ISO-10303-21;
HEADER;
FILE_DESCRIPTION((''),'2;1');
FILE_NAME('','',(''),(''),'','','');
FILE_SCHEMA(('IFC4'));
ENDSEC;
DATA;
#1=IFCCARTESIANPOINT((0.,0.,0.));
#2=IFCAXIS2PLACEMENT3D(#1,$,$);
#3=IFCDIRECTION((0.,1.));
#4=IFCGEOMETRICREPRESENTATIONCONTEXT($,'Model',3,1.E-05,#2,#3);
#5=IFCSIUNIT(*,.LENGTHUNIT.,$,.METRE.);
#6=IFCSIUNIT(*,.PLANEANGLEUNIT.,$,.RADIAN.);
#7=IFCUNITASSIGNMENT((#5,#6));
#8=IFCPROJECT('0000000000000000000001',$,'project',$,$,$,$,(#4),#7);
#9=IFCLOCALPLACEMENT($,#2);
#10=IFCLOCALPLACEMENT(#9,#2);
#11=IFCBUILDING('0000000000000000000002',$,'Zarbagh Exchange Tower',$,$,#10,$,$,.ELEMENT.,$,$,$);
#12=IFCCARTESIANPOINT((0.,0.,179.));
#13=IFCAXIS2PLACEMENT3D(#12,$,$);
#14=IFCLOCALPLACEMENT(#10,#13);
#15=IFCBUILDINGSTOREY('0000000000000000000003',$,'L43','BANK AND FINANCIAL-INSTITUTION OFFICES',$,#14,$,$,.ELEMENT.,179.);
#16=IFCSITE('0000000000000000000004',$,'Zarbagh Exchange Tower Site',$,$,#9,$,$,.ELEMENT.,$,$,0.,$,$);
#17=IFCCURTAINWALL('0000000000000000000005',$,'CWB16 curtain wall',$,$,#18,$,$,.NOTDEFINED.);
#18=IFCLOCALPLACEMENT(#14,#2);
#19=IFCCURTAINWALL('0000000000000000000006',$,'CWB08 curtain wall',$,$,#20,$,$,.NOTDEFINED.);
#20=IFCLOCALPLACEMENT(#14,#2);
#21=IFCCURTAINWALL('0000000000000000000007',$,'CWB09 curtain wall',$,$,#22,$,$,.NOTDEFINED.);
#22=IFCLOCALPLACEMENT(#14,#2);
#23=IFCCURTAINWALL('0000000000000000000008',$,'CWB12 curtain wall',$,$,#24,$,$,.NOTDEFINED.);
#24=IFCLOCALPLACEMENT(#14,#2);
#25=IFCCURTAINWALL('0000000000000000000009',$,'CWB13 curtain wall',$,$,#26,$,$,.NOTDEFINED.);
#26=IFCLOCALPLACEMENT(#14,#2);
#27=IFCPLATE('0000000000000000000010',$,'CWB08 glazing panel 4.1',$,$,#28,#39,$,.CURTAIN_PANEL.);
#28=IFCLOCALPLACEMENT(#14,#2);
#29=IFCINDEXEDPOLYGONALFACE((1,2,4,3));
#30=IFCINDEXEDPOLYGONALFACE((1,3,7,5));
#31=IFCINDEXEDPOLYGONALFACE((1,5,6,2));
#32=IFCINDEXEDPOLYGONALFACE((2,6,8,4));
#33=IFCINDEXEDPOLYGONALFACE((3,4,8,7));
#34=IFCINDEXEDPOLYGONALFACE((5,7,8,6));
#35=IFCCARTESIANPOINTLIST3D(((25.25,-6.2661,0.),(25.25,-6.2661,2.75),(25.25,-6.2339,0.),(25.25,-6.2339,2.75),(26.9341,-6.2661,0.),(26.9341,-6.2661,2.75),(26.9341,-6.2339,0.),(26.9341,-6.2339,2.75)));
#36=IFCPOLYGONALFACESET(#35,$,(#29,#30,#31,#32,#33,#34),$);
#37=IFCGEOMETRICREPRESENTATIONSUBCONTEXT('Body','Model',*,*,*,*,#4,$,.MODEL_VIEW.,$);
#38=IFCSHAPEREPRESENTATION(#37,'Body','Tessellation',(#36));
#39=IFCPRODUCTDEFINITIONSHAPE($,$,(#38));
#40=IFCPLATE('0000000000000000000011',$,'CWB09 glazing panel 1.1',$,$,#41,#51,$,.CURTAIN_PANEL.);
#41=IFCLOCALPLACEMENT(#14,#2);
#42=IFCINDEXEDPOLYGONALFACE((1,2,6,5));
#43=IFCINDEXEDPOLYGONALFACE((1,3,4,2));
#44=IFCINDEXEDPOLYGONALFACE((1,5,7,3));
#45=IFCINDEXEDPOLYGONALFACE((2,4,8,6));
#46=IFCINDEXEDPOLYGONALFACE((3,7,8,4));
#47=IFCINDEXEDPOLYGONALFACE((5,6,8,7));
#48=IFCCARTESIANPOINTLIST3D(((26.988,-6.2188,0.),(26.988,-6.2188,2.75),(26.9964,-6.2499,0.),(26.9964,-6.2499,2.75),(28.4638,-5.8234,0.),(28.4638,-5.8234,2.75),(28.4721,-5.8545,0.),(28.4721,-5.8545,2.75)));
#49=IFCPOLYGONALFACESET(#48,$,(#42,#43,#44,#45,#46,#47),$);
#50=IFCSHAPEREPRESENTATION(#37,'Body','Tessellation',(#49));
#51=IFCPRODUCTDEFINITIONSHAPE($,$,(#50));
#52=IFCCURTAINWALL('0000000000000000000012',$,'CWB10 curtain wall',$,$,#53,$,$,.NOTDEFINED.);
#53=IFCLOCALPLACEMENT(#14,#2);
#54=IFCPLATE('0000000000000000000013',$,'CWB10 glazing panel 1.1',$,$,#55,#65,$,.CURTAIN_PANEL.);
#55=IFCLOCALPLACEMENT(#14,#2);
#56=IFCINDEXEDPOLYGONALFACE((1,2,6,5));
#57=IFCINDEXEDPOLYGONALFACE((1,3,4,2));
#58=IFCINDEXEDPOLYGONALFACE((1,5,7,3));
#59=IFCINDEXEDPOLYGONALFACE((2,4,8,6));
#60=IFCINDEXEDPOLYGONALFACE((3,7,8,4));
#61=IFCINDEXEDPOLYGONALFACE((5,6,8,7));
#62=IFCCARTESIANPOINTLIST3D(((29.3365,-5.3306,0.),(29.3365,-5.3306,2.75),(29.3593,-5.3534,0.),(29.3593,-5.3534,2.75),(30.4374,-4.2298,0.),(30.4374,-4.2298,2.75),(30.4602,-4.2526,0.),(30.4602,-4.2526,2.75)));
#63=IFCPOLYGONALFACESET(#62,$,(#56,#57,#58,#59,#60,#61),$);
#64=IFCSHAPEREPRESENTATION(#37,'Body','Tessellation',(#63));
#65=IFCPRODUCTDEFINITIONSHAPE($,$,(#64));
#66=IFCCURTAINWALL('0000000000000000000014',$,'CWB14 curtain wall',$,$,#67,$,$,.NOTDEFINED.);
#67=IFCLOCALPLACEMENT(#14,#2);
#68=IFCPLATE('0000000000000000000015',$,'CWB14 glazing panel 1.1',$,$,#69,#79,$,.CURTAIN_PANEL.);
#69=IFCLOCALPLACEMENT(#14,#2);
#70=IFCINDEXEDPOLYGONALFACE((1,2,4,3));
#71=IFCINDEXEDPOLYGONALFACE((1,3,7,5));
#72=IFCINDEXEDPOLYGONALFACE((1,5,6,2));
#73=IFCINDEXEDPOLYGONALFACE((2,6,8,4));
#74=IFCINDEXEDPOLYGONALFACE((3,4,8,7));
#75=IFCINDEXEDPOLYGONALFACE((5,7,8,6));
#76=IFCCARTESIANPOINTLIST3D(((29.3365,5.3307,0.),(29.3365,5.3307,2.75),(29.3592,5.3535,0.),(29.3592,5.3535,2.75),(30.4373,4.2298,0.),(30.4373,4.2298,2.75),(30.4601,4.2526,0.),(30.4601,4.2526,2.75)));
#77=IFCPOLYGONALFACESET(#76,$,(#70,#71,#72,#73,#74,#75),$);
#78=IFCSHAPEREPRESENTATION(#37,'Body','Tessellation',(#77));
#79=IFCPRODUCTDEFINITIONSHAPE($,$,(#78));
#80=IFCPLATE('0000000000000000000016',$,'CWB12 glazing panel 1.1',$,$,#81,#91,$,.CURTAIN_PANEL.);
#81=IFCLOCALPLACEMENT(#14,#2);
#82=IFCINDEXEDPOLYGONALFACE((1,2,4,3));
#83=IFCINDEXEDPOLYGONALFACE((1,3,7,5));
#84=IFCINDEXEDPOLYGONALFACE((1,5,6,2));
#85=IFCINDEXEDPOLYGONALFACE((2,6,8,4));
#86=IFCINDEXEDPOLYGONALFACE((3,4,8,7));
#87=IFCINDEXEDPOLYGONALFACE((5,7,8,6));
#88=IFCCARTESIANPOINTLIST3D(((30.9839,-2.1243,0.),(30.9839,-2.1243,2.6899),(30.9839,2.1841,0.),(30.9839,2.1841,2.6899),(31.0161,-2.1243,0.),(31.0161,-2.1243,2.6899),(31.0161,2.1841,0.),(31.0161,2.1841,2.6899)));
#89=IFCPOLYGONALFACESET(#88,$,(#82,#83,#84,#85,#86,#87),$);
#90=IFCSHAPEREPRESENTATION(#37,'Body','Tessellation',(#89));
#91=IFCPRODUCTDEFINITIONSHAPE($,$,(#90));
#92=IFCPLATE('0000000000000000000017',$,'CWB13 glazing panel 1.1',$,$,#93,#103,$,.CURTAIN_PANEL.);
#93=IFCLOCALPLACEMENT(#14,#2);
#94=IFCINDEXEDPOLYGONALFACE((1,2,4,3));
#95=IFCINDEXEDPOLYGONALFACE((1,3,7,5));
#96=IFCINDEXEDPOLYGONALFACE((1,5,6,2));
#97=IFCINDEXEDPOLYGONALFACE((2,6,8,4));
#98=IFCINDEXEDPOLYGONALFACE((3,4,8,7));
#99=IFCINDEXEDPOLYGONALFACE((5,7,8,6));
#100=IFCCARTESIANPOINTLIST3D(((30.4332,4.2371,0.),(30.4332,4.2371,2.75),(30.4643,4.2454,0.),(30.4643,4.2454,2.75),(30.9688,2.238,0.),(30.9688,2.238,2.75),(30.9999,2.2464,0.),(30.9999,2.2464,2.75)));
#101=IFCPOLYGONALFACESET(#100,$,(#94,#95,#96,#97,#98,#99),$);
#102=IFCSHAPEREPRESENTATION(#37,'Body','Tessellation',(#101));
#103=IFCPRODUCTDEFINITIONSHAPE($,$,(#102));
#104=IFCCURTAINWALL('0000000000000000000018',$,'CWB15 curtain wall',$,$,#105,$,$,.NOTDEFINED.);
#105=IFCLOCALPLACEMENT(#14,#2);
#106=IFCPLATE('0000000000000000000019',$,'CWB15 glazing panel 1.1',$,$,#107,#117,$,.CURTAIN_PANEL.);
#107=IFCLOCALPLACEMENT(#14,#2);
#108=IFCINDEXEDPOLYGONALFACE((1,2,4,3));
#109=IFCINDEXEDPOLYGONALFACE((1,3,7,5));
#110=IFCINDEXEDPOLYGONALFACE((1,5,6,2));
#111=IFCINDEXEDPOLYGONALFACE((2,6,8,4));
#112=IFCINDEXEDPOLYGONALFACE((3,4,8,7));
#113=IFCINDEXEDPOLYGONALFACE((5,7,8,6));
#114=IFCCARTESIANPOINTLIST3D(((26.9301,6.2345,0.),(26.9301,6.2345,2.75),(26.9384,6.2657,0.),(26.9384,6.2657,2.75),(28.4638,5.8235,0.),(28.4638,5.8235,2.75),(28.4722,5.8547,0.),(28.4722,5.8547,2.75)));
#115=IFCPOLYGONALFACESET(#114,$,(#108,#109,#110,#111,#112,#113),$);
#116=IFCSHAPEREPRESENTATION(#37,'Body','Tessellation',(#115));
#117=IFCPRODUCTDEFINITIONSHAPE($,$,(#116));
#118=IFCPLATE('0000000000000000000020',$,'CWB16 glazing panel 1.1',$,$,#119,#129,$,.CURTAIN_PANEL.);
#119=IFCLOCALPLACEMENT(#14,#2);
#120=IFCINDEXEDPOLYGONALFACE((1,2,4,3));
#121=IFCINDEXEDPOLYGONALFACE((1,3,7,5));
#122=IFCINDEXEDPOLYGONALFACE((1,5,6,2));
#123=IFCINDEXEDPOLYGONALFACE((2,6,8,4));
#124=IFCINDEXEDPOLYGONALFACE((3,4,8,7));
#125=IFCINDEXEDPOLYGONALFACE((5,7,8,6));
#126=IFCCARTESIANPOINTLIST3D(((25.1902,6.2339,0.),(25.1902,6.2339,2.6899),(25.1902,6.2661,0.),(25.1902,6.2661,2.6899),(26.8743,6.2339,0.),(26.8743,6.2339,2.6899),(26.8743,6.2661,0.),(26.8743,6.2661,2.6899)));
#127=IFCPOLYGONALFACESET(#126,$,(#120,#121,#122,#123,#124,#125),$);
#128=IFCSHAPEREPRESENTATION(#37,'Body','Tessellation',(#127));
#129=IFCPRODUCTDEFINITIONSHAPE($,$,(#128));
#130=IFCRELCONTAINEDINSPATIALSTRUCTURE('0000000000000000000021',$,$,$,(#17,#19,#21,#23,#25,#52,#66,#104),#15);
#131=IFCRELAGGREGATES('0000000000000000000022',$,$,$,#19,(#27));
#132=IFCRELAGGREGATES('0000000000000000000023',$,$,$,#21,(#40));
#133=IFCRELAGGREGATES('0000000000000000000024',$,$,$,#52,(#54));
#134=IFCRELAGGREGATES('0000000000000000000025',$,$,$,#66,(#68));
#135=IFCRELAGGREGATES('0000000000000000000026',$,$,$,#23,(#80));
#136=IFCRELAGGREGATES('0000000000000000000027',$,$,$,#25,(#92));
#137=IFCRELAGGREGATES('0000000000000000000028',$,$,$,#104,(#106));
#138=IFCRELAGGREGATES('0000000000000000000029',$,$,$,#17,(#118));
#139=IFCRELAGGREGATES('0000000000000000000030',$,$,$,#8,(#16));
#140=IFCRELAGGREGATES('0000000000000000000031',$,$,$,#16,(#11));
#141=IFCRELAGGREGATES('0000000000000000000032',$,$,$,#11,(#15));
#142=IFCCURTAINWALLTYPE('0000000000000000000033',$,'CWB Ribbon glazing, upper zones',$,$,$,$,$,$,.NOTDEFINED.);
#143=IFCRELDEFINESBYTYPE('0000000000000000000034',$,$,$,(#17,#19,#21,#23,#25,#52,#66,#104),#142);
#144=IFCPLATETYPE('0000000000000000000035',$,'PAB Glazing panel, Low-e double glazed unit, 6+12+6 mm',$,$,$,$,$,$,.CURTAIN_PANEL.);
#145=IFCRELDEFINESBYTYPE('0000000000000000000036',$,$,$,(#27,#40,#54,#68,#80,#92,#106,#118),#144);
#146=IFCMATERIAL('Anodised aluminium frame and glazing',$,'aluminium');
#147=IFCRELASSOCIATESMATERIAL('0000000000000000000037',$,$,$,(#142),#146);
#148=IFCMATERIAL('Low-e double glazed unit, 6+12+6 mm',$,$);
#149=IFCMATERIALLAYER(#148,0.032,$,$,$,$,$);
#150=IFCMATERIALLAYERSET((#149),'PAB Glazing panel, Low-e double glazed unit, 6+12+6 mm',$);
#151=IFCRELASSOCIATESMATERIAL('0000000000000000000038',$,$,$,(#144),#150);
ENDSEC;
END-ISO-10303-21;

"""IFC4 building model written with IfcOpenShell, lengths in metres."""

from ifc_helpers import new_model, si_unit, direction, frame, origin, place, context, subcontext, project, spatial, polyline, outline, extrude, source, transform, mapped, material, layer, layer_set, type_object, element, aggregate, save


model = new_model("IFC4")

# Units and contexts
model_context = context("Model", 3, precision=1e-05, world=origin(), true_north=direction((0.0, 1.0)))
body_context = subcontext(model_context, "Body", "Model", "MODEL_VIEW")
ifc_project = project(units=[si_unit("LENGTHUNIT", "METRE"), si_unit("PLANEANGLEUNIT", "RADIAN")], contexts=[model_context])

# Site, building, storey
site_placement = place(None, origin())
site = spatial("IfcSite", under=ifc_project, at=site_placement, Name="Zarbagh Exchange Tower Site", CompositionType="ELEMENT", RefElevation=0.0)
building_placement = place(site_placement, origin())
building = spatial("IfcBuilding", under=site, at=building_placement, Name="Zarbagh Exchange Tower", CompositionType="ELEMENT")
storey_placement = place(building_placement, frame((0.0, 0.0, 179.0)))
storey = spatial("IfcBuildingStorey", under=building, at=storey_placement, Name="L43", Description="BANK AND FINANCIAL-INSTITUTION OFFICES", CompositionType="ELEMENT", Elevation=179.0)

# Curtain wall
ifc_material_1 = material(Name="Anodised aluminium frame and glazing", Category="aluminium")
curtain_wall_type = type_object("IfcCurtainWallType", Name="CWB Ribbon glazing, upper zones", PredefinedType="NOTDEFINED", material=ifc_material_1)
curtain_wall_1_placement = place(storey_placement, origin())
curtain_wall_1 = element("IfcCurtainWall", 1, at=curtain_wall_1_placement, inside=storey, type_object=curtain_wall_type, Name="CWB16 curtain wall", PredefinedType="NOTDEFINED")
placement = place(storey_placement, origin())

# Curtain wall
curtain_wall_2_placement = place(storey_placement, origin())
curtain_wall_2 = element("IfcCurtainWall", 2, at=curtain_wall_2_placement, inside=storey, type_object=curtain_wall_type, Name="CWB08 curtain wall", PredefinedType="NOTDEFINED")

# Curtain walls
curtain_wall_3_placement = place(storey_placement, origin())
curtain_wall_3 = element("IfcCurtainWall", 3, at=curtain_wall_3_placement, inside=storey, type_object=curtain_wall_type, Name="CWB09 curtain wall", PredefinedType="NOTDEFINED")
curtain_wall_4_placement = place(storey_placement, origin())
curtain_wall_4 = element("IfcCurtainWall", 4, at=curtain_wall_4_placement, inside=storey, type_object=curtain_wall_type, Name="CWB12 curtain wall", PredefinedType="NOTDEFINED")
curtain_wall_5_placement = place(storey_placement, origin())
curtain_wall_5 = element("IfcCurtainWall", 5, at=curtain_wall_5_placement, inside=storey, type_object=curtain_wall_type, Name="CWB13 curtain wall", PredefinedType="NOTDEFINED")

# Shared definitions
ifc_material_2 = material(Name="Low-e double glazed unit, 6+12+6 mm")
ifc_layer = layer(ifc_material_2, 0.032)
ifc_layer_set = layer_set([ifc_layer], Name="PAB Glazing panel, Low-e double glazed unit, 6+12+6 mm")
plate_type = type_object("IfcPlateType", Name="PAB Glazing panel, Low-e double glazed unit, 6+12+6 mm", PredefinedType="CURTAIN_PANEL", material=ifc_layer_set)

# Plates
shared_shape_1 = source(origin(), body_context, "Body", "SweptSolid", [
    extrude(outline(polyline([(0.0, -0.0161), (1.6841, -0.0161), (1.6841, 0.0161), (0.0, 0.0161), (0.0, -0.0161)])), origin(), (0.0, 0.0, 1.0), 2.75),
])
plate_1 = element("IfcPlate", 6, at=placement, type_object=plate_type, Name="CWB08 glazing panel 4.1", PredefinedType="CURTAIN_PANEL", context=body_context, shape_type="MappedRepresentation", body=[
    mapped(shared_shape_1, transform((25.25, -6.25, 0.0), x_axis=(1.0, 0.0, 0.0), y_axis=(0.0, 1.0, 0.0), z_axis=(0.0, 0.0, 1.0))),
])
aggregate(curtain_wall_2, [plate_1])
shared_shape_2 = source(origin(), body_context, "Body", "SweptSolid", [
    extrude(outline(polyline([(0.0, -0.0161), (1.5278, -0.0161), (1.5278, 0.0161), (0.0, 0.0161), (0.0, -0.0161)])), origin(), (0.0, 0.0, 1.0), 2.75),
])
plate_2 = element("IfcPlate", 7, at=placement, type_object=plate_type, Name="CWB09 glazing panel 1.1", PredefinedType="CURTAIN_PANEL", context=body_context, shape_type="MappedRepresentation", body=[
    mapped(shared_shape_2, transform((26.9922, -6.2344, 0.0), x_axis=(0.965924, 0.258825, 0.0), y_axis=(-0.258825, 0.965924, 0.0), z_axis=(0.0, 0.0, 1.0))),
])
aggregate(curtain_wall_3, [plate_2])

# Curtain walls, plates
curtain_wall_6_placement = place(storey_placement, origin())
curtain_wall_6 = element("IfcCurtainWall", 8, at=curtain_wall_6_placement, inside=storey, type_object=curtain_wall_type, Name="CWB10 curtain wall", PredefinedType="NOTDEFINED")
shared_shape_3 = source(origin(), body_context, "Body", "SweptSolid", [
    extrude(outline(polyline([(0.0, -0.0161), (1.5569, -0.0161), (1.5569, 0.0161), (0.0, 0.0161), (0.0, -0.0161)])), origin(), (0.0, 0.0, 1.0), 2.75),
])
plate_3 = element("IfcPlate", 9, at=placement, type_object=plate_type, Name="CWB10 glazing panel 1.1", PredefinedType="CURTAIN_PANEL", context=body_context, shape_type="MappedRepresentation", body=[
    mapped(shared_shape_3, transform((29.3479, -5.342, 0.0), x_axis=(0.707107, 0.707107, 0.0), y_axis=(-0.707107, 0.707107, 0.0), z_axis=(0.0, 0.0, 1.0))),
])
aggregate(curtain_wall_6, [plate_3])
curtain_wall_7_placement = place(storey_placement, origin())
curtain_wall_7 = element("IfcCurtainWall", 10, at=curtain_wall_7_placement, inside=storey, type_object=curtain_wall_type, Name="CWB14 curtain wall", PredefinedType="NOTDEFINED")
plate_4 = element("IfcPlate", 11, at=placement, type_object=plate_type, Name="CWB14 glazing panel 1.1", PredefinedType="CURTAIN_PANEL", context=body_context, shape_type="MappedRepresentation", body=[
    mapped(shared_shape_3, transform((30.4487, 4.2412, 0.0), x_axis=(-0.707107, 0.707107, 0.0), y_axis=(-0.707107, -0.707107, 0.0), z_axis=(0.0, 0.0, 1.0))),
])
aggregate(curtain_wall_7, [plate_4])

# Plates
shared_shape_4 = source(origin(), body_context, "Body", "SweptSolid", [
    extrude(outline(polyline([(0.0, -0.0161), (4.3083, -0.0161), (4.3083, 0.0161), (0.0, 0.0161), (0.0, -0.0161)])), origin(), (0.0, 0.0, 1.0), 2.6899),
])
plate_5 = element("IfcPlate", 12, at=placement, type_object=plate_type, Name="CWB12 glazing panel 1.1", PredefinedType="CURTAIN_PANEL", context=body_context, shape_type="MappedRepresentation", body=[
    mapped(shared_shape_4, transform((31.0, -2.1243, 0.0), x_axis=(0.0, 1.0, 0.0), y_axis=(-1.0, 0.0, 0.0), z_axis=(0.0, 0.0, 1.0))),
])
aggregate(curtain_wall_4, [plate_5])
shared_shape_5 = source(origin(), body_context, "Body", "SweptSolid", [
    extrude(outline(polyline([(0.0, -0.0161), (2.0696, -0.0161), (2.0696, 0.0161), (0.0, 0.0161), (0.0, -0.0161)])), origin(), (0.0, 0.0, 1.0), 2.75),
])
plate_6 = element("IfcPlate", 13, at=placement, type_object=plate_type, Name="CWB13 glazing panel 1.1", PredefinedType="CURTAIN_PANEL", context=body_context, shape_type="MappedRepresentation", body=[
    mapped(shared_shape_5, transform((30.9844, 2.2422, 0.0), x_axis=(-0.258825, 0.965924, 0.0), y_axis=(-0.965924, -0.258825, 0.0), z_axis=(0.0, 0.0, 1.0))),
])
aggregate(curtain_wall_5, [plate_6])

# Curtain wall, plate
curtain_wall_8_placement = place(storey_placement, origin())
curtain_wall_8 = element("IfcCurtainWall", 14, at=curtain_wall_8_placement, inside=storey, type_object=curtain_wall_type, Name="CWB15 curtain wall", PredefinedType="NOTDEFINED")
shared_shape_6 = source(origin(), body_context, "Body", "SweptSolid", [
    extrude(outline(polyline([(0.0, -0.0161), (1.5879, -0.0161), (1.5879, 0.0161), (0.0, 0.0161), (0.0, -0.0161)])), origin(), (0.0, 0.0, 1.0), 2.75),
])
plate_7 = element("IfcPlate", 15, at=placement, type_object=plate_type, Name="CWB15 glazing panel 1.1", PredefinedType="CURTAIN_PANEL", context=body_context, shape_type="MappedRepresentation", body=[
    mapped(shared_shape_6, transform((28.468, 5.8391, 0.0), x_axis=(-0.965924, 0.258825, 0.0), y_axis=(-0.258825, -0.965924, 0.0), z_axis=(0.0, 0.0, 1.0))),
])
aggregate(curtain_wall_8, [plate_7])

# Plate
shared_shape_7 = source(origin(), body_context, "Body", "SweptSolid", [
    extrude(outline(polyline([(0.0, -0.0161), (1.6841, -0.0161), (1.6841, 0.0161), (0.0, 0.0161), (0.0, -0.0161)])), origin(), (0.0, 0.0, 1.0), 2.6899),
])
plate_8 = element("IfcPlate", 16, at=placement, type_object=plate_type, Name="CWB16 glazing panel 1.1", PredefinedType="CURTAIN_PANEL", context=body_context, shape_type="MappedRepresentation", body=[
    mapped(shared_shape_7, transform((26.8743, 6.25, 0.0), x_axis=(-1.0, 0.0, 0.0), y_axis=(0.0, -1.0, 0.0), z_axis=(0.0, 0.0, 1.0))),
])
aggregate(curtain_wall_1, [plate_8])

save(model, "model.ifc")
